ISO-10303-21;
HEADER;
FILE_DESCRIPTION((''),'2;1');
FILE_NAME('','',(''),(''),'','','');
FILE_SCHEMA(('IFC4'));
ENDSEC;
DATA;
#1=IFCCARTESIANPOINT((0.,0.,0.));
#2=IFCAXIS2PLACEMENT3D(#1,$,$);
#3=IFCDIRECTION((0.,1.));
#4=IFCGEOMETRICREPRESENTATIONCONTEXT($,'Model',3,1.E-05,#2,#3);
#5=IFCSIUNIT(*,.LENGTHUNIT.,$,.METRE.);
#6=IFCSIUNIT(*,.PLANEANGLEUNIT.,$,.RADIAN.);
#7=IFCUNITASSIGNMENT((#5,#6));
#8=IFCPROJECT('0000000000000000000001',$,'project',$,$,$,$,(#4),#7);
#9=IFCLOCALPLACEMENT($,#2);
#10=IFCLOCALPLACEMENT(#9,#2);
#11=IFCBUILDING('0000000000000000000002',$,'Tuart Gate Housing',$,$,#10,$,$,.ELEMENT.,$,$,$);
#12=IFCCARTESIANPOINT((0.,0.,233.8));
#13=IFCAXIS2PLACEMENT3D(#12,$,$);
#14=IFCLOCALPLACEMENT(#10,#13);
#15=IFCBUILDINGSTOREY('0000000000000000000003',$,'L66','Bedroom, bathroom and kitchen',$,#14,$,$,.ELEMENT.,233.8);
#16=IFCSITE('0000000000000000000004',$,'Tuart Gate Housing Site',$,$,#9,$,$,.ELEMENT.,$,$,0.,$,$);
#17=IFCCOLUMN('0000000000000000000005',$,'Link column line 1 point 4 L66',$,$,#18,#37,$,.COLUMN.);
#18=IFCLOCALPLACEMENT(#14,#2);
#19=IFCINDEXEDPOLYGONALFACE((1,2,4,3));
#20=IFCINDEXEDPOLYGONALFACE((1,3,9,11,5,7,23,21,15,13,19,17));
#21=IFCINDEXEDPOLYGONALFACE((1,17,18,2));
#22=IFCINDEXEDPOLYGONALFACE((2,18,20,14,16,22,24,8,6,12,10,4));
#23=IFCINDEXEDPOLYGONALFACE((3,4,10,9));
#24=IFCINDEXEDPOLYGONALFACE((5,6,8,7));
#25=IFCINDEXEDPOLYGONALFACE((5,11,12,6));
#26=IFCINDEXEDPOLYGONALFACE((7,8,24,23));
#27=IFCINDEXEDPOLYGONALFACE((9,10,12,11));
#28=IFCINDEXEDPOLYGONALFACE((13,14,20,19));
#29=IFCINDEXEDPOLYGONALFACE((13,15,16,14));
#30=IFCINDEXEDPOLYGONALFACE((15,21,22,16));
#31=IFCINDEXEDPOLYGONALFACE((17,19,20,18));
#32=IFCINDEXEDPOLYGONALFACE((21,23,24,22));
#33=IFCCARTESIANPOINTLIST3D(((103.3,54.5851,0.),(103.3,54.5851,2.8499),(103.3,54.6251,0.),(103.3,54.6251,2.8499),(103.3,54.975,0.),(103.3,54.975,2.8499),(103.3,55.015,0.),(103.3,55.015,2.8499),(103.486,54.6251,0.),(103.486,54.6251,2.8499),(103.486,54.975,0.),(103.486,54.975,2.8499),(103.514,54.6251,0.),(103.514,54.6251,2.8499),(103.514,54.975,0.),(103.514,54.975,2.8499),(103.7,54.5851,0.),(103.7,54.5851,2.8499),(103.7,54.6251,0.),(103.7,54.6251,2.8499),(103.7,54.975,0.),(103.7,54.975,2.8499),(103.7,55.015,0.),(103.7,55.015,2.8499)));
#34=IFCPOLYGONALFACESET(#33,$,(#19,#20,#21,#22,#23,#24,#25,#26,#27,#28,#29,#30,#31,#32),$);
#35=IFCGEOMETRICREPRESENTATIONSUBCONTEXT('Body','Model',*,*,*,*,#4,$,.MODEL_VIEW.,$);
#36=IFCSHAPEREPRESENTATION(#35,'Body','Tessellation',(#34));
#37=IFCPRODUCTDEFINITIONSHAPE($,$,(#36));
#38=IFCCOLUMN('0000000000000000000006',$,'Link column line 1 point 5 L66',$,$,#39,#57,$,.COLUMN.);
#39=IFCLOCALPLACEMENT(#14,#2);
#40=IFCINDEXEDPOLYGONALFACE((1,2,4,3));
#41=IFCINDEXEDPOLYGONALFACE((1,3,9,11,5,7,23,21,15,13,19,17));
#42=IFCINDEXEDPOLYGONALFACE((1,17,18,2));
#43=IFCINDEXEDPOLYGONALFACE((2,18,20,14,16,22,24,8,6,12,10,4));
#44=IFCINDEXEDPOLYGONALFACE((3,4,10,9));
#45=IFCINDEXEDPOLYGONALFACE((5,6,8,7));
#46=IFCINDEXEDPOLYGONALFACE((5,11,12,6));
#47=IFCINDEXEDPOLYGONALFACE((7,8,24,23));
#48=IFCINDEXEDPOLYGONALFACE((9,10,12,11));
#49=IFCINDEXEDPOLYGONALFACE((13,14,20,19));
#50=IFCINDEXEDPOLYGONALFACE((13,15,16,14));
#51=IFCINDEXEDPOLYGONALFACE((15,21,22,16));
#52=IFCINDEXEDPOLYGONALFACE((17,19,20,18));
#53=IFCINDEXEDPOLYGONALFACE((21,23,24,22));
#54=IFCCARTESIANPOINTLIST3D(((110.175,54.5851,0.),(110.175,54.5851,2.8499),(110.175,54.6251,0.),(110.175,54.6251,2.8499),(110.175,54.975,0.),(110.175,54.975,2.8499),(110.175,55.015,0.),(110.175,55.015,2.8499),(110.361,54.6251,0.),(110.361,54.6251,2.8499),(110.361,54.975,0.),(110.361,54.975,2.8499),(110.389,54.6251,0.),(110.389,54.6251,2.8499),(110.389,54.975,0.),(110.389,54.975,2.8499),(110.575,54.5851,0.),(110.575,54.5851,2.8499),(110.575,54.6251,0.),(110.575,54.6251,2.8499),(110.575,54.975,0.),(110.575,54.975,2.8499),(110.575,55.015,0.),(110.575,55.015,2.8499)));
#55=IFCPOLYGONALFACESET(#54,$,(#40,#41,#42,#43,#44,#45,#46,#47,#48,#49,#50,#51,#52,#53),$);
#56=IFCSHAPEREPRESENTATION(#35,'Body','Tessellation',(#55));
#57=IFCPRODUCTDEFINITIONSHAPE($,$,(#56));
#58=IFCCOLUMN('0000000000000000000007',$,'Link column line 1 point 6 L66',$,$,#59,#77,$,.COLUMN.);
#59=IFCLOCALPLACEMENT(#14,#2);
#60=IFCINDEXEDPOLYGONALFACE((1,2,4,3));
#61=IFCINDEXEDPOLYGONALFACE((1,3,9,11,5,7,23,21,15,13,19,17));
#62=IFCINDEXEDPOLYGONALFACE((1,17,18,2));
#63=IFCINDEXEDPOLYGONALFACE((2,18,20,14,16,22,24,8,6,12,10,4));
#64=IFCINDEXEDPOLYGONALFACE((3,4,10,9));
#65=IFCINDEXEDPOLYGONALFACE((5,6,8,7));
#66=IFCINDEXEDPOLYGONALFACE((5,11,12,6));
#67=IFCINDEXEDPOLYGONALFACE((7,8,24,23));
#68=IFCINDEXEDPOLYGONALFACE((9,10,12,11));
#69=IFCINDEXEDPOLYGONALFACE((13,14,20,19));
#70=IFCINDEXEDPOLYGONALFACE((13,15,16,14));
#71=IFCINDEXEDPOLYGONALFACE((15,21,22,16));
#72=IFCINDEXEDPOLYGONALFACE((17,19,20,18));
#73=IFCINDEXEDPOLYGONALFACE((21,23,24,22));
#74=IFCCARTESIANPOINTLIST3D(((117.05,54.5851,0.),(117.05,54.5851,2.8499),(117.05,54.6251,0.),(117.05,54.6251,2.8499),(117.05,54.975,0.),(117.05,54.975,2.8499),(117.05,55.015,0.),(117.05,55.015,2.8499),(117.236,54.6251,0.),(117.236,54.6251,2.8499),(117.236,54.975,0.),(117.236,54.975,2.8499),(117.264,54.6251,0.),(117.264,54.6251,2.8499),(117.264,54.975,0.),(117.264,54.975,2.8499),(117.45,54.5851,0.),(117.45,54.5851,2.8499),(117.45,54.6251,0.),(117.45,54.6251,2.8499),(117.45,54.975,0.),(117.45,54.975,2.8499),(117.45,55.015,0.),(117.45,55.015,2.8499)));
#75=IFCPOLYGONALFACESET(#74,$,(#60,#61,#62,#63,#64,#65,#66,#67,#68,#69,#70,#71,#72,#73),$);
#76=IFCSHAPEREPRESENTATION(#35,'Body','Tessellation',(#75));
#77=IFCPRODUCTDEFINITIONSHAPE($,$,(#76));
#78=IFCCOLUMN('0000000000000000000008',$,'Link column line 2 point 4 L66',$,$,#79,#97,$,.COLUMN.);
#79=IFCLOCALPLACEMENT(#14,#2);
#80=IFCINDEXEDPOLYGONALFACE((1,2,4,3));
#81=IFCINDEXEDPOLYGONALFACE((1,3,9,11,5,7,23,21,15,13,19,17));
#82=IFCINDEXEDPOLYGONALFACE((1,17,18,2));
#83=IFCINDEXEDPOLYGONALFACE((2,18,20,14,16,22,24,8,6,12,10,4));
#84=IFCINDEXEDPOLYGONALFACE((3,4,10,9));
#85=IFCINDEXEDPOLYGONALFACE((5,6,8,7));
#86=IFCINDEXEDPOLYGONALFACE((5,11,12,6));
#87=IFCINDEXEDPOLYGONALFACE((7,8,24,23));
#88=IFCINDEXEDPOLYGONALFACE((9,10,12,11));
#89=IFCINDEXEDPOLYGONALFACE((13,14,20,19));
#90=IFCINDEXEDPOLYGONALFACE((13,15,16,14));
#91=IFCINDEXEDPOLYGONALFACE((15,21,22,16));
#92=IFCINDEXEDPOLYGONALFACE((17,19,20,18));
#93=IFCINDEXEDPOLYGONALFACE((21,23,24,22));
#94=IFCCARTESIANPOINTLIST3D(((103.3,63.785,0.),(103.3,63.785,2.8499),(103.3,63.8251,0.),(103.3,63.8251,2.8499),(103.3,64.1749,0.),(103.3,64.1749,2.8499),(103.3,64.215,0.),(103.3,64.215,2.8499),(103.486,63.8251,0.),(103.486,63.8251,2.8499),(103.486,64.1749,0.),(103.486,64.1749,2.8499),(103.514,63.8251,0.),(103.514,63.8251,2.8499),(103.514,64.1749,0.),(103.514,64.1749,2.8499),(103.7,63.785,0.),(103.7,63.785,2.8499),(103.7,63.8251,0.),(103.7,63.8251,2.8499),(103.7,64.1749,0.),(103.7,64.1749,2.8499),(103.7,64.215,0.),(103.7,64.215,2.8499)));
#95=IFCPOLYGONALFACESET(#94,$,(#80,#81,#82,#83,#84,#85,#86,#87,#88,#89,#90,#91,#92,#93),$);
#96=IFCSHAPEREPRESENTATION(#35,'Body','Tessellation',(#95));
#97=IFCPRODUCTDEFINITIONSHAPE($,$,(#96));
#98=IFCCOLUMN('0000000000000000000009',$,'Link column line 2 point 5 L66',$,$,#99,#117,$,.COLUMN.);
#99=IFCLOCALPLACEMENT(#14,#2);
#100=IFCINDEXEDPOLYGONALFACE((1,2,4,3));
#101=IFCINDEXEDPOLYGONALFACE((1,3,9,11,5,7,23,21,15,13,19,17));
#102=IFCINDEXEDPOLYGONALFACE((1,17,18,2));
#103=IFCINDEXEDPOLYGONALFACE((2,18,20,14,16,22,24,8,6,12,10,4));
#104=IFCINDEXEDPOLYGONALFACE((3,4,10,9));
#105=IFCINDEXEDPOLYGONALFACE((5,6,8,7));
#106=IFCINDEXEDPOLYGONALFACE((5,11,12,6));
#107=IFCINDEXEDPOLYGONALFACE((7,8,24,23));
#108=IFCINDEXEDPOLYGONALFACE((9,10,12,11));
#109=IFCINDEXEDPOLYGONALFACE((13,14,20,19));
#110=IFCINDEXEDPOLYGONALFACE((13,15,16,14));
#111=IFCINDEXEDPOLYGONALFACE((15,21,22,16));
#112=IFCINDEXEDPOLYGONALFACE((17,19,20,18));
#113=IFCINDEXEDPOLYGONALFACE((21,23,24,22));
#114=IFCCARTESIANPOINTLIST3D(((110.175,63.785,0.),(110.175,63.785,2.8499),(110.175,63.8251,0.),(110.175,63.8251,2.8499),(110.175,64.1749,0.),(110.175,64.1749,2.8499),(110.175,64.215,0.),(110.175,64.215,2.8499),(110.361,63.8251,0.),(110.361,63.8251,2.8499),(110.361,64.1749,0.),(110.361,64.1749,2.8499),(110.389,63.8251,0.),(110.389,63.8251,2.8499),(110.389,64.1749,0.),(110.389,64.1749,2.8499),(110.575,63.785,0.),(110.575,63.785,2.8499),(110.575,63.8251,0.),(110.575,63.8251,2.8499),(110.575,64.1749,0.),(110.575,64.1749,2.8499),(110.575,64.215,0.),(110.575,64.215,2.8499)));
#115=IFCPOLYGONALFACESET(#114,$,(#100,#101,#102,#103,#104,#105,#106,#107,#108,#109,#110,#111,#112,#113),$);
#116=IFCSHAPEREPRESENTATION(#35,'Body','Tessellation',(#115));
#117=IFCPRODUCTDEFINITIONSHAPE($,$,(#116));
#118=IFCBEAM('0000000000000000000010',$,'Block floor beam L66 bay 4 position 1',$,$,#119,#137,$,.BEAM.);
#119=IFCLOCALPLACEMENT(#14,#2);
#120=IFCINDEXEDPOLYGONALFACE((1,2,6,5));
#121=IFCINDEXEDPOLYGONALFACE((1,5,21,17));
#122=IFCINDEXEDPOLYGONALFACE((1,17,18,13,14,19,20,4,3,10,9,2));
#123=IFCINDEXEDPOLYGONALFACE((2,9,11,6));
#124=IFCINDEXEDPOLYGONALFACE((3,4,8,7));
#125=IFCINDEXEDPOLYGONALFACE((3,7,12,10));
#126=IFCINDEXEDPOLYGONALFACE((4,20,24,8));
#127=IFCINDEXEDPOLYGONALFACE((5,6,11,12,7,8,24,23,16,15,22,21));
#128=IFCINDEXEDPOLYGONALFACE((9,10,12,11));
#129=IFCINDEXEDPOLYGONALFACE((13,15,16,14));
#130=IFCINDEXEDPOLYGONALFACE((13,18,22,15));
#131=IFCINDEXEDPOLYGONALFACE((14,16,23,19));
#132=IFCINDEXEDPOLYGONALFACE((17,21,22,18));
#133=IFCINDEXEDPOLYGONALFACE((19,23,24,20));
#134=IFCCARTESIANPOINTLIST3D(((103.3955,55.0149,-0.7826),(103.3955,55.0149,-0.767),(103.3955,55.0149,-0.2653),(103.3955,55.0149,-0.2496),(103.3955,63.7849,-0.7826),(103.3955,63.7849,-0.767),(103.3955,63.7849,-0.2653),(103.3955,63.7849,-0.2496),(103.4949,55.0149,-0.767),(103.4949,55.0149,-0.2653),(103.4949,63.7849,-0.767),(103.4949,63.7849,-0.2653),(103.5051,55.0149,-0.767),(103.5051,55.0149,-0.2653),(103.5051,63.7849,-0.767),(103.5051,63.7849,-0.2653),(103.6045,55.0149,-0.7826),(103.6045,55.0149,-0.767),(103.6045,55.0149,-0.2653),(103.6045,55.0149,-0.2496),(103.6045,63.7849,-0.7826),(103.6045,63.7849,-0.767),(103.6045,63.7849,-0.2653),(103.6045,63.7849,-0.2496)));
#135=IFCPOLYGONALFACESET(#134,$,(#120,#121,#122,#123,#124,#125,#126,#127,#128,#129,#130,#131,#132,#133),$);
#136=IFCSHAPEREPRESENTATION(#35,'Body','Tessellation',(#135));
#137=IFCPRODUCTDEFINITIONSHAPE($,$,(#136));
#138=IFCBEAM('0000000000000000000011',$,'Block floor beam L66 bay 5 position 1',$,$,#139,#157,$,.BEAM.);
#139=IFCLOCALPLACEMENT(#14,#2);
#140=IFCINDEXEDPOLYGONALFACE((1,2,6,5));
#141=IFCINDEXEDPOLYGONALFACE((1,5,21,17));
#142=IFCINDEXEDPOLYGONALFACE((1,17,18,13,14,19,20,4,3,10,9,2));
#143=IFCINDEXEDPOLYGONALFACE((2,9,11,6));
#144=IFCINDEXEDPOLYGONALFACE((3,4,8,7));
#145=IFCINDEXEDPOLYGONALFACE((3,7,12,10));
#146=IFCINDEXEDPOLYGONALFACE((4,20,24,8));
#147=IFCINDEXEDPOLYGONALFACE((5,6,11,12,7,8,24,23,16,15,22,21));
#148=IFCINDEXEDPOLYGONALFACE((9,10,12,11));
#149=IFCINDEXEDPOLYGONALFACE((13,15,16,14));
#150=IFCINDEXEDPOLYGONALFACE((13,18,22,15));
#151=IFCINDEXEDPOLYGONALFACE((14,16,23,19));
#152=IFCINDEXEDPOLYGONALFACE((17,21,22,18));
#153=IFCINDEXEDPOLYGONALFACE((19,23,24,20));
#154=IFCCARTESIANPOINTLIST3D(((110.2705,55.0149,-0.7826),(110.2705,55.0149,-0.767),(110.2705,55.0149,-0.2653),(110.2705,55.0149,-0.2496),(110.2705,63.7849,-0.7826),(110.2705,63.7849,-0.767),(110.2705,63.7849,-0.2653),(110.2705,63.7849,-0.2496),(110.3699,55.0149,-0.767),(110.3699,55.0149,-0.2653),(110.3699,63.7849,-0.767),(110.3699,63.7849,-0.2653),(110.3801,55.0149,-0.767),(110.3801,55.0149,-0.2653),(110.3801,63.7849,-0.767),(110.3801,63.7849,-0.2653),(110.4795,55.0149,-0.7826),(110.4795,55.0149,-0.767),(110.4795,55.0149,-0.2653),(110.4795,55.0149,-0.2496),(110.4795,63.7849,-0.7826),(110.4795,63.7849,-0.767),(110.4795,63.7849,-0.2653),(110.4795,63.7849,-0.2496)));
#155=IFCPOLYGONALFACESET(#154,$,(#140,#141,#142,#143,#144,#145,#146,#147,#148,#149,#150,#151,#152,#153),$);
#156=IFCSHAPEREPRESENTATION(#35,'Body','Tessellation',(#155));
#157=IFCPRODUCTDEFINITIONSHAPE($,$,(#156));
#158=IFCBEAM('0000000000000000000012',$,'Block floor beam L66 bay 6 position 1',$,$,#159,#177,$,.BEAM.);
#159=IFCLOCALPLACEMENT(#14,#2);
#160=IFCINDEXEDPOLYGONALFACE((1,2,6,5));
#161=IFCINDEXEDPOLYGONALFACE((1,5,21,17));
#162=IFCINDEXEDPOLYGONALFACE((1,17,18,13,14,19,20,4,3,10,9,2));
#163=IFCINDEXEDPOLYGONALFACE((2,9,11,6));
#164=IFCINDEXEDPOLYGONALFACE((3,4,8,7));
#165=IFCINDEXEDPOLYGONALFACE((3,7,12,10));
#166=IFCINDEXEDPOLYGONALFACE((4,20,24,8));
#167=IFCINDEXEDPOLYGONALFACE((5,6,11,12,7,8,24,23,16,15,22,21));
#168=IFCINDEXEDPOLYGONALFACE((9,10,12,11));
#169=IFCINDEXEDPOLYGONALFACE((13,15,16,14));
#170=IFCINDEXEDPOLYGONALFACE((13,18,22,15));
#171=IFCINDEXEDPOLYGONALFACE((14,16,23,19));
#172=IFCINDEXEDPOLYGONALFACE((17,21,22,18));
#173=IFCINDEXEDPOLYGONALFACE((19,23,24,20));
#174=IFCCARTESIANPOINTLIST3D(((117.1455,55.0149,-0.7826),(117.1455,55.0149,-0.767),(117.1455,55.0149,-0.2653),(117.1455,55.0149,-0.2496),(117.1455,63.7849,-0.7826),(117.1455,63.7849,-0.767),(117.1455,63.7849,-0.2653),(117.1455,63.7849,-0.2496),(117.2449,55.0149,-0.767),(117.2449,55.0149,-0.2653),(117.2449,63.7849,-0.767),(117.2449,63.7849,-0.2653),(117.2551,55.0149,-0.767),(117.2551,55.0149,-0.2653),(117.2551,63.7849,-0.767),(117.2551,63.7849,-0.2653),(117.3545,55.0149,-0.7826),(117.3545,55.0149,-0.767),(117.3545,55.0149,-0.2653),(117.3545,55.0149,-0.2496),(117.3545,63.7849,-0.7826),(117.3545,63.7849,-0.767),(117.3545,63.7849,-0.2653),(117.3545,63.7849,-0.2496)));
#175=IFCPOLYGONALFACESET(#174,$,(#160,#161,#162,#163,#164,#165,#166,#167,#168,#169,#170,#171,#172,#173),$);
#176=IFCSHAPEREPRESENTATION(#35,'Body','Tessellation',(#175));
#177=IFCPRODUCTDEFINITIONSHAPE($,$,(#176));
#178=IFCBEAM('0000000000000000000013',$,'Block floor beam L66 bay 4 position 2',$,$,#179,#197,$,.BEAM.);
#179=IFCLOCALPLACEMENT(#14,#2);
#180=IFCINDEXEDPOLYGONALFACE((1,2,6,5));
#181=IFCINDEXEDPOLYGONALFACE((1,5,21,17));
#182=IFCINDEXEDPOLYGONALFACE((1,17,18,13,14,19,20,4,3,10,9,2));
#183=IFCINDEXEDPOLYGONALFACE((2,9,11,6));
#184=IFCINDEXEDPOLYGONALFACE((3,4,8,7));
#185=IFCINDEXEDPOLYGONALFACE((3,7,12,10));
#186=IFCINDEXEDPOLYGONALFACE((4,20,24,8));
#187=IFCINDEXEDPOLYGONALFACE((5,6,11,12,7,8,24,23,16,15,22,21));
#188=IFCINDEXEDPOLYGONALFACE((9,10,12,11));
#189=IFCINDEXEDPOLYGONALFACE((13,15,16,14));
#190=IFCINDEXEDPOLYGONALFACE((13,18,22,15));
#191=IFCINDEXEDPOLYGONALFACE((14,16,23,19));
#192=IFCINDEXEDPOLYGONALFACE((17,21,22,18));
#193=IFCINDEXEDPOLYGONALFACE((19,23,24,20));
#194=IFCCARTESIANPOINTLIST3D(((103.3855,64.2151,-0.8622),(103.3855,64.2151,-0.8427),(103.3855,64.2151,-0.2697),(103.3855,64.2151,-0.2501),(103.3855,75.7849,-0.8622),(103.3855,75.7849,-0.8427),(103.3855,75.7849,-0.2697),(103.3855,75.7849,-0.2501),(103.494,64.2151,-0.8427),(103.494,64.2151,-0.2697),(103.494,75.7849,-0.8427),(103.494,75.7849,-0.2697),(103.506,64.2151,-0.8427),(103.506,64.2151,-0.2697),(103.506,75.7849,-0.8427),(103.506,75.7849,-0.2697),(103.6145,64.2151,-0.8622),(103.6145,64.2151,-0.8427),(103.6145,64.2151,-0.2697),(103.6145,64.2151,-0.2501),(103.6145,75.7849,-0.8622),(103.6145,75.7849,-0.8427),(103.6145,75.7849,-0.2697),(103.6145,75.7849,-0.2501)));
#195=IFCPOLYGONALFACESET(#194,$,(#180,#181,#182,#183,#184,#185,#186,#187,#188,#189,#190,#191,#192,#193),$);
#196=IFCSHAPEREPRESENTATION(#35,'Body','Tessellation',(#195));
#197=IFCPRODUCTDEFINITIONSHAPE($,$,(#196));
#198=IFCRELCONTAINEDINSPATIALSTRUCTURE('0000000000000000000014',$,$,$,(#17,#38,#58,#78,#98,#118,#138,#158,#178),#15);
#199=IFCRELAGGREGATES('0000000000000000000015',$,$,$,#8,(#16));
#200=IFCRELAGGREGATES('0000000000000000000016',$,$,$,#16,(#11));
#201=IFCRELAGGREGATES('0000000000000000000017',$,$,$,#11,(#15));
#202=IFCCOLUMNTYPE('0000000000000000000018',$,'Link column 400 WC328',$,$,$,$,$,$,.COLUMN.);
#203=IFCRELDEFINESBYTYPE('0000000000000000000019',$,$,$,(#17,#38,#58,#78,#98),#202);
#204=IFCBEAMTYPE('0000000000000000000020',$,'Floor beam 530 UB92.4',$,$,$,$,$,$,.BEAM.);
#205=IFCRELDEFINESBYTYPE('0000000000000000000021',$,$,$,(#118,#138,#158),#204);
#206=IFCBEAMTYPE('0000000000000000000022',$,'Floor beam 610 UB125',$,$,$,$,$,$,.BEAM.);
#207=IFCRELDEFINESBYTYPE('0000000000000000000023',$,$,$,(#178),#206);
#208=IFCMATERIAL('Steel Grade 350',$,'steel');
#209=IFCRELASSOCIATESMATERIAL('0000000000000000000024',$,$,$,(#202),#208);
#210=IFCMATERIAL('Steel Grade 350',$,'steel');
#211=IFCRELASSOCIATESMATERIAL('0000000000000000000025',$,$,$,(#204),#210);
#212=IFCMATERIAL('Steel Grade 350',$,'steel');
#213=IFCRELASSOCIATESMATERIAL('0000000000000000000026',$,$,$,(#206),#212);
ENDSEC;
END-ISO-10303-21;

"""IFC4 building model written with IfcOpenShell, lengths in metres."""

from ifc_helpers import new_model, si_unit, direction, frame, origin, origin_2d, place, context, subcontext, project, spatial, i_section, extrude, material, material_profile, profile_set, type_object, element, save


model = new_model("IFC4")

# Units and contexts
model_context = context("Model", 3, precision=1e-05, world=origin(), true_north=direction((0.0, 1.0)))
body_context = subcontext(model_context, "Body", "Model", "MODEL_VIEW")
ifc_project = project(units=[si_unit("LENGTHUNIT", "METRE"), si_unit("PLANEANGLEUNIT", "RADIAN")], contexts=[model_context])

# Site, building, storey
site_placement = place(None, origin())
site = spatial("IfcSite", under=ifc_project, at=site_placement, Name="Tuart Gate Housing Site", CompositionType="ELEMENT", RefElevation=0.0)
building_placement = place(site_placement, origin())
building = spatial("IfcBuilding", under=site, at=building_placement, Name="Tuart Gate Housing", CompositionType="ELEMENT")
storey_placement = place(building_placement, frame((0.0, 0.0, 233.8)))
storey = spatial("IfcBuildingStorey", under=building, at=storey_placement, Name="L66", Description="Bedroom, bathroom and kitchen", CompositionType="ELEMENT", Elevation=233.8)

# Columns
ifc_material_1 = material(Name="Steel Grade 350", Category="steel")
ifc_material_profile_1 = material_profile(ifc_material_1, i_section(OverallWidth=0.3999, OverallDepth=0.4299, WebThickness=0.0281, FlangeThickness=0.04, at=origin_2d()), Name="400WC328")
ifc_profile_set_1 = profile_set([ifc_material_profile_1], Name="Steel Grade 350")
column_type = type_object("IfcColumnType", Name="Link column 400 WC328", PredefinedType="COLUMN", material=ifc_profile_set_1)
for number, where, z_axis, x_axis, name in (
    (1, (103.5, 54.8, 0.0), (0.0, 0.0, 1.0), (1.0, 0.0, 0.0), "Link column line 1 point 4 L66"),
    (2, (110.375, 54.8, 0.0), (0.0, 0.0, 1.0), (1.0, 0.0, 0.0), "Link column line 1 point 5 L66"),
    (3, (117.25, 54.8, 0.0), (0.0, 0.0, 1.0), (1.0, 0.0, 0.0), "Link column line 1 point 6 L66"),
    (4, (103.5, 64.0, 0.0), (0.0, 0.0, 1.0), (1.0, 0.0, 0.0), "Link column line 2 point 4 L66"),
    (5, (110.375, 64.0, 0.0), (0.0, 0.0, 1.0), (1.0, 0.0, 0.0), "Link column line 2 point 5 L66"),
):
    element("IfcColumn", number, at=place(storey_placement, frame(where, z_axis=z_axis, x_axis=x_axis)), inside=storey, type_object=column_type, Name=name, PredefinedType="COLUMN", context=body_context, shape_type="SweptSolid", body=[
        extrude(i_section(OverallWidth=0.3999, OverallDepth=0.4299, WebThickness=0.0281, FlangeThickness=0.04, at=origin_2d()), origin(), (0.0, 0.0, 1.0), 2.8499),
    ])

# Beams
ifc_material_2 = material(Name="Steel Grade 350", Category="steel")
ifc_material_profile_2 = material_profile(ifc_material_2, i_section(OverallWidth=0.209, OverallDepth=0.533, WebThickness=0.0103, FlangeThickness=0.0156, at=origin_2d()), Name="530UB92.4")
ifc_profile_set_2 = profile_set([ifc_material_profile_2], Name="Steel Grade 350")
beam_type_1 = type_object("IfcBeamType", Name="Floor beam 530 UB92.4", PredefinedType="BEAM", material=ifc_profile_set_2)
for number, where, z_axis, x_axis, name in (
    (6, (103.5, 55.0149, -0.5161), (0.0, 1.0, 0.0), (-1.0, 0.0, 0.0), "Block floor beam L66 bay 4 position 1"),
    (7, (110.375, 55.0149, -0.5161), (0.0, 1.0, 0.0), (-1.0, 0.0, 0.0), "Block floor beam L66 bay 5 position 1"),
    (8, (117.25, 55.0149, -0.5161), (0.0, 1.0, 0.0), (-1.0, 0.0, 0.0), "Block floor beam L66 bay 6 position 1"),
):
    element("IfcBeam", number, at=place(storey_placement, frame(where, z_axis=z_axis, x_axis=x_axis)), inside=storey, type_object=beam_type_1, Name=name, PredefinedType="BEAM", context=body_context, shape_type="SweptSolid", body=[
        extrude(i_section(OverallWidth=0.209, OverallDepth=0.533, WebThickness=0.0103, FlangeThickness=0.0156, at=origin_2d()), origin(), (0.0, 0.0, 1.0), 8.77),
    ])
ifc_material_3 = material(Name="Steel Grade 350", Category="steel")
ifc_material_profile_3 = material_profile(ifc_material_3, i_section(OverallWidth=0.229, OverallDepth=0.6121, WebThickness=0.012, FlangeThickness=0.0195, at=origin_2d()), Name="610UB125")
ifc_profile_set_3 = profile_set([ifc_material_profile_3], Name="Steel Grade 350")
beam_type_2 = type_object("IfcBeamType", Name="Floor beam 610 UB125", PredefinedType="BEAM", material=ifc_profile_set_3)
for number, where, z_axis, x_axis, name in (
    (9, (103.5, 64.2151, -0.5562), (0.0, 1.0, 0.0), (-1.0, 0.0, 0.0), "Block floor beam L66 bay 4 position 2"),
):
    element("IfcBeam", number, at=place(storey_placement, frame(where, z_axis=z_axis, x_axis=x_axis)), inside=storey, type_object=beam_type_2, Name=name, PredefinedType="BEAM", context=body_context, shape_type="SweptSolid", body=[
        extrude(i_section(OverallWidth=0.229, OverallDepth=0.6121, WebThickness=0.012, FlangeThickness=0.0195, at=origin_2d()), origin(), (0.0, 0.0, 1.0), 11.5698),
    ])

save(model, "model.ifc")
